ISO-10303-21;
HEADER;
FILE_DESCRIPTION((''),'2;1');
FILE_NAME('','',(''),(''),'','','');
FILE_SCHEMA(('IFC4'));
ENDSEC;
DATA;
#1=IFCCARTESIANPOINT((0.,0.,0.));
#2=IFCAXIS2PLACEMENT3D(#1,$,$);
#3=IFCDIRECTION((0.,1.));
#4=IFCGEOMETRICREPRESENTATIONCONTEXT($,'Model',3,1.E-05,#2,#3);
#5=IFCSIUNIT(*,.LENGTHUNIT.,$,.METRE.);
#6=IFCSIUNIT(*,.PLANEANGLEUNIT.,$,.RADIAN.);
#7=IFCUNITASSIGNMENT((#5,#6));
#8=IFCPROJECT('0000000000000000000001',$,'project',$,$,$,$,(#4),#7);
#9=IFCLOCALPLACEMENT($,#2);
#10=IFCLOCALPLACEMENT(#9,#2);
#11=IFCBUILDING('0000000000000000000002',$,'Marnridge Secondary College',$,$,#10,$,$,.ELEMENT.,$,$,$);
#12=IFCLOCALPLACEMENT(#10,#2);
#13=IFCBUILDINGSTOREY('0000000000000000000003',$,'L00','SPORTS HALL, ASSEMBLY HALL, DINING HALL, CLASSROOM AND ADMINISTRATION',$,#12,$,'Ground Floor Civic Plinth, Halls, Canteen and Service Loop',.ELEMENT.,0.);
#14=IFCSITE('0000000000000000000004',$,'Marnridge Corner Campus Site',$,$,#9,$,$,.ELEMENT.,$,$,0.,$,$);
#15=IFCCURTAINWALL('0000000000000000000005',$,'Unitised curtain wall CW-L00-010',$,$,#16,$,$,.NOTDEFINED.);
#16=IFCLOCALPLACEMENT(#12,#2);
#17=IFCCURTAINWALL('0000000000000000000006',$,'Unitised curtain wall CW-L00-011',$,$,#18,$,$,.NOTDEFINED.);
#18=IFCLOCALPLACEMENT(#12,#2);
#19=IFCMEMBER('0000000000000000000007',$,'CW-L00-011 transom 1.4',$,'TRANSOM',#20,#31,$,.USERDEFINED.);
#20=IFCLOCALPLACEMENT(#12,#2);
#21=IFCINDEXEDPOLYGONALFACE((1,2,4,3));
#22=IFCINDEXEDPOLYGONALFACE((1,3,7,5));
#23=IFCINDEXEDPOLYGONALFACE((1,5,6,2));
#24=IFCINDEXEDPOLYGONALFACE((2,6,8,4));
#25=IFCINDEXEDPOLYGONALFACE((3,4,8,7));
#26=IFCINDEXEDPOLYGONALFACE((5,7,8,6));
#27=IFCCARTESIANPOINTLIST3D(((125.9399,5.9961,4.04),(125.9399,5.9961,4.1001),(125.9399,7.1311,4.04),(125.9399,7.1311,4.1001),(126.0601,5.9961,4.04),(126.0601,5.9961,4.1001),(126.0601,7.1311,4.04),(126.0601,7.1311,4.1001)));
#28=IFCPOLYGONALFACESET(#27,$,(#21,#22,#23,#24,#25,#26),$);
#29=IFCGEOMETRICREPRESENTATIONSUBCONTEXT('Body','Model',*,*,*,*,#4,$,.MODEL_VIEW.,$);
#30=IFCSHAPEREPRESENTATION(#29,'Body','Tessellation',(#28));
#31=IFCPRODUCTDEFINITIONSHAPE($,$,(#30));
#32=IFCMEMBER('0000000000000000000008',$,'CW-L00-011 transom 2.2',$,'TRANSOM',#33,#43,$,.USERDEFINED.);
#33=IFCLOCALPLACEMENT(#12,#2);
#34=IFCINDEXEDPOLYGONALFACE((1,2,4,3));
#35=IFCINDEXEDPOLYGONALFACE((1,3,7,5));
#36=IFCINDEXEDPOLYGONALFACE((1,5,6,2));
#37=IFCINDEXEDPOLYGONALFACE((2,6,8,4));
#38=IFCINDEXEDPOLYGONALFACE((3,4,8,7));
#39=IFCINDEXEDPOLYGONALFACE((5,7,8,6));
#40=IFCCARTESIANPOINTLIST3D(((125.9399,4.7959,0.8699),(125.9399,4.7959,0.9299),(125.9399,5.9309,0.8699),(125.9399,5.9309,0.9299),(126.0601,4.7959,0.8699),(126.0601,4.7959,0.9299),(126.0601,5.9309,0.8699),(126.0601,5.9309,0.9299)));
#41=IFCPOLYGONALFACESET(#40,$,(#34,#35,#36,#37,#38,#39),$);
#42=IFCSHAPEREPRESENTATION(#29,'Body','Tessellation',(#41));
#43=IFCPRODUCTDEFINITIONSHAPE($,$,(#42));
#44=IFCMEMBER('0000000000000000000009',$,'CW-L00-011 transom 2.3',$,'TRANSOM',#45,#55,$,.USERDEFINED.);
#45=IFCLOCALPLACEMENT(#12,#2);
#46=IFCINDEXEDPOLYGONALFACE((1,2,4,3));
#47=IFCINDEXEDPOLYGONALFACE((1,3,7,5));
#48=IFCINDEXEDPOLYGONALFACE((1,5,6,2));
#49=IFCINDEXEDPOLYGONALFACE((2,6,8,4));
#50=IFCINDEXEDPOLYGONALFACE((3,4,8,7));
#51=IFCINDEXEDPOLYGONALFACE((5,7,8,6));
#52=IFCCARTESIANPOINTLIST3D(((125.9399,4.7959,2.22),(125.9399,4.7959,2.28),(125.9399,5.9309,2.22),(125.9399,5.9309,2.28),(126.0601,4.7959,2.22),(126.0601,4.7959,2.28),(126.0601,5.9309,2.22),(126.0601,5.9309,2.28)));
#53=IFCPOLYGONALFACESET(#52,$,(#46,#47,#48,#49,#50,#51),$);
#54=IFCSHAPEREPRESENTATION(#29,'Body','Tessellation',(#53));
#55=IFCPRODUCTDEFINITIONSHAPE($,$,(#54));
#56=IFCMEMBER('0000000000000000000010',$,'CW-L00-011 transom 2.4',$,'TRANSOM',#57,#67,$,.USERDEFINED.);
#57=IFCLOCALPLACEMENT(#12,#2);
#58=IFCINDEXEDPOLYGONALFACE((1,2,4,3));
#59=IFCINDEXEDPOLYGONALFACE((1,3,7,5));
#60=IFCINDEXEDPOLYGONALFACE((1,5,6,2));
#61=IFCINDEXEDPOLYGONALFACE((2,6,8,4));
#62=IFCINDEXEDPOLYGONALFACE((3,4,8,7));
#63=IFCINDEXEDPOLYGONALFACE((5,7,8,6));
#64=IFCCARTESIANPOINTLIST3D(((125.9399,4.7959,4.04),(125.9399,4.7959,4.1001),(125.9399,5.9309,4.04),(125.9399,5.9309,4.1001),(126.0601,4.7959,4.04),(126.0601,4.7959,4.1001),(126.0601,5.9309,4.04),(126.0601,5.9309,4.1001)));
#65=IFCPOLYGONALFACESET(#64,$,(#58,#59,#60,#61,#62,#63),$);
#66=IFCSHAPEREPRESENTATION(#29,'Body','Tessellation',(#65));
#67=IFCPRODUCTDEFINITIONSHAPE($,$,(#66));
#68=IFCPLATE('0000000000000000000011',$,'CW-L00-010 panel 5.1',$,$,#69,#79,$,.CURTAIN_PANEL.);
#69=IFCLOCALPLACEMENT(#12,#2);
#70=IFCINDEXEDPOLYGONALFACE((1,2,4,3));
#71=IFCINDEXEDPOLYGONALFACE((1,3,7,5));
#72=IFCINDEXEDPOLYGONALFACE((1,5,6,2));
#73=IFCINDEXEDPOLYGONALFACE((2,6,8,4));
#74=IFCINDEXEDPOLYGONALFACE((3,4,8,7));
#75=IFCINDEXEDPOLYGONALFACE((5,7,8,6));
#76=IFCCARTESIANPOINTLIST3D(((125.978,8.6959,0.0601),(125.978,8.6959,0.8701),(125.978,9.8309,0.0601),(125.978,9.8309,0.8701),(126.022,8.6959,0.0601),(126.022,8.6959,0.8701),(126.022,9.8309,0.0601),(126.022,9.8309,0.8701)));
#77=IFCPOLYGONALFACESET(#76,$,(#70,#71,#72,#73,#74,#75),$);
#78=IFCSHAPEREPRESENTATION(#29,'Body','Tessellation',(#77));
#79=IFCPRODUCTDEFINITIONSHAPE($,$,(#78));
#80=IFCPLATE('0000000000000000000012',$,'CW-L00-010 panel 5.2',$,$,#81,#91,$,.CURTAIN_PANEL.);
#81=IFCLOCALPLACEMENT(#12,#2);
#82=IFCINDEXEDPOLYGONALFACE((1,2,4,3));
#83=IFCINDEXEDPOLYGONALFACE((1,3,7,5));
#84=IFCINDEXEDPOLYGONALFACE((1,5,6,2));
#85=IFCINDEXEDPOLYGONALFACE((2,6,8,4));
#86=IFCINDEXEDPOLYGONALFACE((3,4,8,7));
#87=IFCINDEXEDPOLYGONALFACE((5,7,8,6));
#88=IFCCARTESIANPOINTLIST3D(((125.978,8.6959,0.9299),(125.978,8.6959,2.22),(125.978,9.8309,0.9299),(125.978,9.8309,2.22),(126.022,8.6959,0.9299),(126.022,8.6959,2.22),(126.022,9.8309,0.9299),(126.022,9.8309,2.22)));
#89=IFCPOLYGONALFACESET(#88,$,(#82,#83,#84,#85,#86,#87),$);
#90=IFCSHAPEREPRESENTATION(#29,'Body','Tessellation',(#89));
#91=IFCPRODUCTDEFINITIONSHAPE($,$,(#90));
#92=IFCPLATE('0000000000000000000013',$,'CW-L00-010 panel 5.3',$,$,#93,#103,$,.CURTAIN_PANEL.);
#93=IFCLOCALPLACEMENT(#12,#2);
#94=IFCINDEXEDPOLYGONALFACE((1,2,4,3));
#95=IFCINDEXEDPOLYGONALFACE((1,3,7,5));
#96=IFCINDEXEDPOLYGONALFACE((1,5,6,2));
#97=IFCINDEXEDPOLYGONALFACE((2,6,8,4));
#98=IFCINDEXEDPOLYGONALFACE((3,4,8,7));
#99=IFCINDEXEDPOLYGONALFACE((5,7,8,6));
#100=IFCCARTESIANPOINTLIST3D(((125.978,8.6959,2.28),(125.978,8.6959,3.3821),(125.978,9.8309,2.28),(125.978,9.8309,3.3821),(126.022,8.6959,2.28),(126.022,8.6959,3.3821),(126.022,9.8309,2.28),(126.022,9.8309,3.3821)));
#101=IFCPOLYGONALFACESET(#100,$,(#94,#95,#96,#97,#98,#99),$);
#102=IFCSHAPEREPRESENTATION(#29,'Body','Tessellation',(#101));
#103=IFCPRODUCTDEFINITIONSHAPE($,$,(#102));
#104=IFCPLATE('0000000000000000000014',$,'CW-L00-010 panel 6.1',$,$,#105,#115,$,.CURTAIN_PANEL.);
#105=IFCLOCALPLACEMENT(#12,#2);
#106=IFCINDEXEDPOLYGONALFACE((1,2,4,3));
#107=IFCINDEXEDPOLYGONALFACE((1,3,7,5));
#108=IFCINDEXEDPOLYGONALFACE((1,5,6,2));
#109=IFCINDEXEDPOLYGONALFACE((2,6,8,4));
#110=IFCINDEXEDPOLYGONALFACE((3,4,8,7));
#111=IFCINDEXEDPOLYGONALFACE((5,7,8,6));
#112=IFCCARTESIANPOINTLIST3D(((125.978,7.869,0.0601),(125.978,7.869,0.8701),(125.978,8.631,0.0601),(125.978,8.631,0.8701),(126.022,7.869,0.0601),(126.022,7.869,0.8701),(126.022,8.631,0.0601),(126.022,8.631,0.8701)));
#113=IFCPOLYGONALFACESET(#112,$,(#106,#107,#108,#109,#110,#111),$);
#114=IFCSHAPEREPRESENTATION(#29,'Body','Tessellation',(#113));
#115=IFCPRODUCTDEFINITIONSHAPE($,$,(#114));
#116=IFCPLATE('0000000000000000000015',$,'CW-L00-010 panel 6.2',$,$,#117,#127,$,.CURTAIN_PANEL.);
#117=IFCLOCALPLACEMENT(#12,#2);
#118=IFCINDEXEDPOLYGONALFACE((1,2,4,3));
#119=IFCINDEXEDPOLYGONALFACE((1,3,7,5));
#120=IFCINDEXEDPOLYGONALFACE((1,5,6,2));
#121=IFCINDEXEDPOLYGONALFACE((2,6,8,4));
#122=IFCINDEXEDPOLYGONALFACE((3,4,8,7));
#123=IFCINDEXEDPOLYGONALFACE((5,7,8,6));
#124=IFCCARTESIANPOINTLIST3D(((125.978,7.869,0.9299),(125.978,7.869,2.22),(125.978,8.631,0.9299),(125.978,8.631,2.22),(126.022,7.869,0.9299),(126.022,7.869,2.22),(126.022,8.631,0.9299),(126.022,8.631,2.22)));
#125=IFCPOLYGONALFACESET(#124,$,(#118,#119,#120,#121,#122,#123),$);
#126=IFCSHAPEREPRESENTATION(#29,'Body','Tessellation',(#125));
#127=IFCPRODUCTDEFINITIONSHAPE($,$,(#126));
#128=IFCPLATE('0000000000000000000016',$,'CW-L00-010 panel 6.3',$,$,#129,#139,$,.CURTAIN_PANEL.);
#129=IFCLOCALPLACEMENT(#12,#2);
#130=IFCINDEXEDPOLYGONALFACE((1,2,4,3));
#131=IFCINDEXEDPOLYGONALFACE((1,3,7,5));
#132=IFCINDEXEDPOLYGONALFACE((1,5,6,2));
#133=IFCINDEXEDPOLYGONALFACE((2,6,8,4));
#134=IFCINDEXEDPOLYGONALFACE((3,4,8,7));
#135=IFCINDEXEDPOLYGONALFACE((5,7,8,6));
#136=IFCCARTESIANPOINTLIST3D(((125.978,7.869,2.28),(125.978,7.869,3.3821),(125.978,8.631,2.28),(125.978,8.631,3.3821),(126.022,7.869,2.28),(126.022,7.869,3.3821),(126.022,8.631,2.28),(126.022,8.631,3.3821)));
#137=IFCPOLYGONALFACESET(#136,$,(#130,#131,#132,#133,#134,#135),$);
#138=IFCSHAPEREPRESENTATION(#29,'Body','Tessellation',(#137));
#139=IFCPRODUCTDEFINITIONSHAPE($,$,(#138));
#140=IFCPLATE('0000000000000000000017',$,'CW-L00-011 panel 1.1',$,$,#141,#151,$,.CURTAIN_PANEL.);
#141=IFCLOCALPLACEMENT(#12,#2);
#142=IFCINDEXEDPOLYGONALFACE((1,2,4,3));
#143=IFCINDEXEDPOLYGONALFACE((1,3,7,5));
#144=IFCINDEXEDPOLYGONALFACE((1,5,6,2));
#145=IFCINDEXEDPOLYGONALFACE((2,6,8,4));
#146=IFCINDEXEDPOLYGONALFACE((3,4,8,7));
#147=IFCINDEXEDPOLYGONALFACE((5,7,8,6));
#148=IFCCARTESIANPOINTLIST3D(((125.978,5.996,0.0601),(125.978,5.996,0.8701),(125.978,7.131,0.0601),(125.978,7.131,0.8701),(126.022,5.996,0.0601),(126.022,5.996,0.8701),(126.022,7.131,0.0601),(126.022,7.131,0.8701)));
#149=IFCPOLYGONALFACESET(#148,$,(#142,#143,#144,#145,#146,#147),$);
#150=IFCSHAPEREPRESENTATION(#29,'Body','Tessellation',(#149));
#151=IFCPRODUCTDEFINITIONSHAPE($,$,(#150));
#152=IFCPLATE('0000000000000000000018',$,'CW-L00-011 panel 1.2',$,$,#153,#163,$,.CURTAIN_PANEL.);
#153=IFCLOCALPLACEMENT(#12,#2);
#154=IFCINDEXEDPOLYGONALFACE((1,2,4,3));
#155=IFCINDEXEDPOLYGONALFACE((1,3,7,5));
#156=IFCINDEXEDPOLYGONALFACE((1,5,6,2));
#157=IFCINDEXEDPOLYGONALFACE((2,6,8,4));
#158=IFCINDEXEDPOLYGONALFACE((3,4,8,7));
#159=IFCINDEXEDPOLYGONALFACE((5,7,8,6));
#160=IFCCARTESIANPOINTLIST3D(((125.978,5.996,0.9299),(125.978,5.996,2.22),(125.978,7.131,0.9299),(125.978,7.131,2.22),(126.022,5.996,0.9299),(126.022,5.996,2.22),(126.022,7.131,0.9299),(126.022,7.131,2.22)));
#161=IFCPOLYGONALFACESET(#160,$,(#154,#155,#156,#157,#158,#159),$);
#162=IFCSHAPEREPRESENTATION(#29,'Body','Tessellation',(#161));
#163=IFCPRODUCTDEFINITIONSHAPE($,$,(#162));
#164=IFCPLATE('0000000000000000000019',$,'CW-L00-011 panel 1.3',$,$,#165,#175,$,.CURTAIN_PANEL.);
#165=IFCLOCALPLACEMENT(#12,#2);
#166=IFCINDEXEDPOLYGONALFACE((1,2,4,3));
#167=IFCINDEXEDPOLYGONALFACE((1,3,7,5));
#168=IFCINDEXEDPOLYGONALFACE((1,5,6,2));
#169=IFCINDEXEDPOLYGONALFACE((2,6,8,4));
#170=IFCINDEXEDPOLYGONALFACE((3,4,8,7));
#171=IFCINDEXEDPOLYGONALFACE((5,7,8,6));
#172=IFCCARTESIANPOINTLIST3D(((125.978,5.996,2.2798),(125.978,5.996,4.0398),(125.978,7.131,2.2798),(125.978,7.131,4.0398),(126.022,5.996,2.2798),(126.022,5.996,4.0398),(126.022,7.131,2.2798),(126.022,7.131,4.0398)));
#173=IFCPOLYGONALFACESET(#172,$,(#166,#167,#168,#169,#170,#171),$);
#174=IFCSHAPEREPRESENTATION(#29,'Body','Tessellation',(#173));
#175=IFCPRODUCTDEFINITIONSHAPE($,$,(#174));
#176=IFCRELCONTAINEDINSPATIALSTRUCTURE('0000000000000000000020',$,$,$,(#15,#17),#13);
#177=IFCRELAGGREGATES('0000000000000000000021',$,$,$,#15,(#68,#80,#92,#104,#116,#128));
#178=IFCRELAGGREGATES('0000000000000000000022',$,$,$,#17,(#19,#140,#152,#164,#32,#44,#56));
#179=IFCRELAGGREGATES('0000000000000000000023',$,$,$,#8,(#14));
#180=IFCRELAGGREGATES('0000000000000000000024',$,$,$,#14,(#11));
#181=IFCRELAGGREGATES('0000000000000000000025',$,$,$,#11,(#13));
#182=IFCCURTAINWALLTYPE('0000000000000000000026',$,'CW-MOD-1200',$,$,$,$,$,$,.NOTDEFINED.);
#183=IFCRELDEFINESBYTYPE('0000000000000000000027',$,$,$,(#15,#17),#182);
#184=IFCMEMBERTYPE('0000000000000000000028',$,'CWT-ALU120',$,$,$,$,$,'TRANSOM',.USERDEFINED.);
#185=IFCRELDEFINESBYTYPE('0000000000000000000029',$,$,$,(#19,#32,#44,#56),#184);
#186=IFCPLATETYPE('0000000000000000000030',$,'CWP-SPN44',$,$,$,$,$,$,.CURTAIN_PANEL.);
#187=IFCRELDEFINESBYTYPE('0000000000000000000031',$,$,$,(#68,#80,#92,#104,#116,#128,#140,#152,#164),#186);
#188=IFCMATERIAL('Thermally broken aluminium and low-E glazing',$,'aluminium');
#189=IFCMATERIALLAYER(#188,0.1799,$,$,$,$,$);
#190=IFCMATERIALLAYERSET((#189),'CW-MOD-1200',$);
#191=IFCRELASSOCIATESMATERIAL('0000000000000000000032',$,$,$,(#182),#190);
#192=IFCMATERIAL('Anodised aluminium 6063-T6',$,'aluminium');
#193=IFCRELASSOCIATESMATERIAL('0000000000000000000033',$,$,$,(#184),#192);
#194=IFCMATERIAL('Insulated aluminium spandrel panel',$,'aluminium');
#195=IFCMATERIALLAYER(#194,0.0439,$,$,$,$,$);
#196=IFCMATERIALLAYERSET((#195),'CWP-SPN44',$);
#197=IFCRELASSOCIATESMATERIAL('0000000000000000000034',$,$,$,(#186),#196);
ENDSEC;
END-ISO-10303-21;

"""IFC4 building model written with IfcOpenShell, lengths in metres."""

from ifc_helpers import new_model, si_unit, direction, frame, origin, origin_2d, place, context, subcontext, project, spatial, rectangle, extrude, material, layer, layer_set, material_profile, profile_set, type_object, element, aggregate, save


model = new_model("IFC4")

# Units and contexts
model_context = context("Model", 3, precision=1e-05, world=origin(), true_north=direction((0.0, 1.0)))
body_context = subcontext(model_context, "Body", "Model", "MODEL_VIEW")
ifc_project = project(units=[si_unit("LENGTHUNIT", "METRE"), si_unit("PLANEANGLEUNIT", "RADIAN")], contexts=[model_context])

# Site, building, storey
site_placement = place(None, origin())
site = spatial("IfcSite", under=ifc_project, at=site_placement, Name="Marnridge Corner Campus Site", CompositionType="ELEMENT", RefElevation=0.0)
building_placement = place(site_placement, origin())
building = spatial("IfcBuilding", under=site, at=building_placement, Name="Marnridge Secondary College", CompositionType="ELEMENT")
storey_placement = place(building_placement, origin())
storey = spatial("IfcBuildingStorey", under=building, at=storey_placement, Name="L00", Description="SPORTS HALL, ASSEMBLY HALL, DINING HALL, CLASSROOM AND ADMINISTRATION", LongName="Ground Floor Civic Plinth, Halls, Canteen and Service Loop", CompositionType="ELEMENT", Elevation=0.0)

# Curtain walls
ifc_material_1 = material(Name="Thermally broken aluminium and low-E glazing", Category="aluminium")
ifc_layer_1 = layer(ifc_material_1, 0.1799)
ifc_layer_set_1 = layer_set([ifc_layer_1], Name="CW-MOD-1200")
curtain_wall_type = type_object("IfcCurtainWallType", Name="CW-MOD-1200", PredefinedType="NOTDEFINED", material=ifc_layer_set_1)
curtain_wall_1_placement = place(storey_placement, origin())
curtain_wall_1 = element("IfcCurtainWall", 1, at=curtain_wall_1_placement, inside=storey, type_object=curtain_wall_type, Name="Unitised curtain wall CW-L00-010", PredefinedType="NOTDEFINED")
curtain_wall_2_placement = place(storey_placement, origin())
curtain_wall_2 = element("IfcCurtainWall", 2, at=curtain_wall_2_placement, inside=storey, type_object=curtain_wall_type, Name="Unitised curtain wall CW-L00-011", PredefinedType="NOTDEFINED")

# Members
ifc_material_2 = material(Name="Anodised aluminium 6063-T6", Category="aluminium")
ifc_material_profile_1 = material_profile(ifc_material_2, rectangle(XDim=0.0601, YDim=0.1201, at=origin_2d()), Name="ALU 60x120")
ifc_profile_set_1 = profile_set([ifc_material_profile_1], Name="Anodised aluminium 6063-T6")
member_type_1 = type_object("IfcMemberType", Name="CWT-ALU120", ElementType="TRANSOM", PredefinedType="USERDEFINED", material=ifc_profile_set_1)
member_1_placement = place(storey_placement, frame((126.0, 7.1311, 4.0701), z_axis=(0.0, -1.0, 0.0), x_axis=(0.0, 0.0, 1.0)))
member_1 = element("IfcMember", 3, at=member_1_placement, type_object=member_type_1, Name="CW-L00-011 transom 1.4", ObjectType="TRANSOM", PredefinedType="USERDEFINED", context=body_context, shape_type="SweptSolid", body=[
    extrude(rectangle(XDim=0.0601, YDim=0.1201, at=origin_2d()), origin(), (0.0, 0.0, 1.0), 1.135),
])
member_2_placement = place(storey_placement, frame((126.0, 5.9309, 0.8999), z_axis=(0.0, -1.0, 0.0), x_axis=(0.0, 0.0, 1.0)))
member_2 = element("IfcMember", 4, at=member_2_placement, type_object=member_type_1, Name="CW-L00-011 transom 2.2", ObjectType="TRANSOM", PredefinedType="USERDEFINED", context=body_context, shape_type="SweptSolid", body=[
    extrude(rectangle(XDim=0.0601, YDim=0.1201, at=origin_2d()), origin(), (0.0, 0.0, 1.0), 1.135),
])
member_3_placement = place(storey_placement, frame((126.0, 5.9309, 2.25), z_axis=(0.0, -1.0, 0.0), x_axis=(0.0, 0.0, 1.0)))
member_3 = element("IfcMember", 5, at=member_3_placement, type_object=member_type_1, Name="CW-L00-011 transom 2.3", ObjectType="TRANSOM", PredefinedType="USERDEFINED", context=body_context, shape_type="SweptSolid", body=[
    extrude(rectangle(XDim=0.0601, YDim=0.1201, at=origin_2d()), origin(), (0.0, 0.0, 1.0), 1.135),
])
member_4_placement = place(storey_placement, frame((126.0, 5.9309, 4.0701), z_axis=(0.0, -1.0, 0.0), x_axis=(0.0, 0.0, 1.0)))
member_4 = element("IfcMember", 6, at=member_4_placement, type_object=member_type_1, Name="CW-L00-011 transom 2.4", ObjectType="TRANSOM", PredefinedType="USERDEFINED", context=body_context, shape_type="SweptSolid", body=[
    extrude(rectangle(XDim=0.0601, YDim=0.1201, at=origin_2d()), origin(), (0.0, 0.0, 1.0), 1.135),
])

# Plates
ifc_material_3 = material(Name="Insulated aluminium spandrel panel", Category="aluminium")
ifc_layer_2 = layer(ifc_material_3, 0.0439)
ifc_layer_set_2 = layer_set([ifc_layer_2], Name="CWP-SPN44")
plate_type = type_object("IfcPlateType", Name="CWP-SPN44", PredefinedType="CURTAIN_PANEL", material=ifc_layer_set_2)
plate_1_placement = place(storey_placement, frame((126.0, 9.2634, 0.0601), z_axis=(0.0, 0.0, 1.0), x_axis=(0.0, -1.0, 0.0)))
plate_1 = element("IfcPlate", 7, at=plate_1_placement, type_object=plate_type, Name="CW-L00-010 panel 5.1", PredefinedType="CURTAIN_PANEL", context=body_context, shape_type="SweptSolid", body=[
    extrude(rectangle(XDim=1.135, YDim=0.0439, at=origin_2d()), origin(), (0.0, 0.0, 1.0), 0.8101),
])
plate_2_placement = place(storey_placement, frame((126.0, 9.2634, 0.9299), z_axis=(0.0, 0.0, 1.0), x_axis=(0.0, -1.0, 0.0)))
plate_2 = element("IfcPlate", 8, at=plate_2_placement, type_object=plate_type, Name="CW-L00-010 panel 5.2", PredefinedType="CURTAIN_PANEL", context=body_context, shape_type="SweptSolid", body=[
    extrude(rectangle(XDim=1.135, YDim=0.0439, at=origin_2d()), origin(), (0.0, 0.0, 1.0), 1.29),
])
plate_3_placement = place(storey_placement, frame((126.0, 9.2634, 2.28), z_axis=(0.0, 0.0, 1.0), x_axis=(0.0, -1.0, 0.0)))
plate_3 = element("IfcPlate", 9, at=plate_3_placement, type_object=plate_type, Name="CW-L00-010 panel 5.3", PredefinedType="CURTAIN_PANEL", context=body_context, shape_type="SweptSolid", body=[
    extrude(rectangle(XDim=1.135, YDim=0.0439, at=origin_2d()), origin(), (0.0, 0.0, 1.0), 1.1021),
])
plate_4_placement = place(storey_placement, frame((126.0, 8.25, 0.0601), z_axis=(0.0, 0.0, 1.0), x_axis=(0.0, -1.0, 0.0)))
plate_4 = element("IfcPlate", 10, at=plate_4_placement, type_object=plate_type, Name="CW-L00-010 panel 6.1", PredefinedType="CURTAIN_PANEL", context=body_context, shape_type="SweptSolid", body=[
    extrude(rectangle(XDim=0.762, YDim=0.0439, at=origin_2d()), origin(), (0.0, 0.0, 1.0), 0.8101),
])
plate_5_placement = place(storey_placement, frame((126.0, 8.25, 0.9299), z_axis=(0.0, 0.0, 1.0), x_axis=(0.0, -1.0, 0.0)))
plate_5 = element("IfcPlate", 11, at=plate_5_placement, type_object=plate_type, Name="CW-L00-010 panel 6.2", PredefinedType="CURTAIN_PANEL", context=body_context, shape_type="SweptSolid", body=[
    extrude(rectangle(XDim=0.762, YDim=0.0439, at=origin_2d()), origin(), (0.0, 0.0, 1.0), 1.29),
])
plate_6_placement = place(storey_placement, frame((126.0, 8.25, 2.28), z_axis=(0.0, 0.0, 1.0), x_axis=(0.0, -1.0, 0.0)))
plate_6 = element("IfcPlate", 12, at=plate_6_placement, type_object=plate_type, Name="CW-L00-010 panel 6.3", PredefinedType="CURTAIN_PANEL", context=body_context, shape_type="SweptSolid", body=[
    extrude(rectangle(XDim=0.762, YDim=0.0439, at=origin_2d()), origin(), (0.0, 0.0, 1.0), 1.1021),
])
aggregate(curtain_wall_1, [plate_1, plate_2, plate_3, plate_4, plate_5, plate_6])
plate_7_placement = place(storey_placement, frame((126.0, 6.5635, 0.0601), z_axis=(0.0, 0.0, 1.0), x_axis=(0.0, -1.0, 0.0)))
plate_7 = element("IfcPlate", 13, at=plate_7_placement, type_object=plate_type, Name="CW-L00-011 panel 1.1", PredefinedType="CURTAIN_PANEL", context=body_context, shape_type="SweptSolid", body=[
    extrude(rectangle(XDim=1.135, YDim=0.0439, at=origin_2d()), origin(), (0.0, 0.0, 1.0), 0.8101),
])
plate_8_placement = place(storey_placement, frame((126.0, 6.5635, 0.9299), z_axis=(0.0, 0.0, 1.0), x_axis=(0.0, -1.0, 0.0)))
plate_8 = element("IfcPlate", 14, at=plate_8_placement, type_object=plate_type, Name="CW-L00-011 panel 1.2", PredefinedType="CURTAIN_PANEL", context=body_context, shape_type="SweptSolid", body=[
    extrude(rectangle(XDim=1.135, YDim=0.0439, at=origin_2d()), origin(), (0.0, 0.0, 1.0), 1.29),
])
plate_9_placement = place(storey_placement, frame((126.0, 6.5635, 2.2798), z_axis=(0.0, 0.0, 1.0), x_axis=(0.0, -1.0, 0.0)))
plate_9 = element("IfcPlate", 15, at=plate_9_placement, type_object=plate_type, Name="CW-L00-011 panel 1.3", PredefinedType="CURTAIN_PANEL", context=body_context, shape_type="SweptSolid", body=[
    extrude(rectangle(XDim=1.135, YDim=0.0439, at=origin_2d()), origin(), (0.0, 0.0, 1.0), 1.76),
])
aggregate(curtain_wall_2, [member_1, plate_7, plate_8, plate_9, member_2, member_3, member_4])

save(model, "model.ifc")
